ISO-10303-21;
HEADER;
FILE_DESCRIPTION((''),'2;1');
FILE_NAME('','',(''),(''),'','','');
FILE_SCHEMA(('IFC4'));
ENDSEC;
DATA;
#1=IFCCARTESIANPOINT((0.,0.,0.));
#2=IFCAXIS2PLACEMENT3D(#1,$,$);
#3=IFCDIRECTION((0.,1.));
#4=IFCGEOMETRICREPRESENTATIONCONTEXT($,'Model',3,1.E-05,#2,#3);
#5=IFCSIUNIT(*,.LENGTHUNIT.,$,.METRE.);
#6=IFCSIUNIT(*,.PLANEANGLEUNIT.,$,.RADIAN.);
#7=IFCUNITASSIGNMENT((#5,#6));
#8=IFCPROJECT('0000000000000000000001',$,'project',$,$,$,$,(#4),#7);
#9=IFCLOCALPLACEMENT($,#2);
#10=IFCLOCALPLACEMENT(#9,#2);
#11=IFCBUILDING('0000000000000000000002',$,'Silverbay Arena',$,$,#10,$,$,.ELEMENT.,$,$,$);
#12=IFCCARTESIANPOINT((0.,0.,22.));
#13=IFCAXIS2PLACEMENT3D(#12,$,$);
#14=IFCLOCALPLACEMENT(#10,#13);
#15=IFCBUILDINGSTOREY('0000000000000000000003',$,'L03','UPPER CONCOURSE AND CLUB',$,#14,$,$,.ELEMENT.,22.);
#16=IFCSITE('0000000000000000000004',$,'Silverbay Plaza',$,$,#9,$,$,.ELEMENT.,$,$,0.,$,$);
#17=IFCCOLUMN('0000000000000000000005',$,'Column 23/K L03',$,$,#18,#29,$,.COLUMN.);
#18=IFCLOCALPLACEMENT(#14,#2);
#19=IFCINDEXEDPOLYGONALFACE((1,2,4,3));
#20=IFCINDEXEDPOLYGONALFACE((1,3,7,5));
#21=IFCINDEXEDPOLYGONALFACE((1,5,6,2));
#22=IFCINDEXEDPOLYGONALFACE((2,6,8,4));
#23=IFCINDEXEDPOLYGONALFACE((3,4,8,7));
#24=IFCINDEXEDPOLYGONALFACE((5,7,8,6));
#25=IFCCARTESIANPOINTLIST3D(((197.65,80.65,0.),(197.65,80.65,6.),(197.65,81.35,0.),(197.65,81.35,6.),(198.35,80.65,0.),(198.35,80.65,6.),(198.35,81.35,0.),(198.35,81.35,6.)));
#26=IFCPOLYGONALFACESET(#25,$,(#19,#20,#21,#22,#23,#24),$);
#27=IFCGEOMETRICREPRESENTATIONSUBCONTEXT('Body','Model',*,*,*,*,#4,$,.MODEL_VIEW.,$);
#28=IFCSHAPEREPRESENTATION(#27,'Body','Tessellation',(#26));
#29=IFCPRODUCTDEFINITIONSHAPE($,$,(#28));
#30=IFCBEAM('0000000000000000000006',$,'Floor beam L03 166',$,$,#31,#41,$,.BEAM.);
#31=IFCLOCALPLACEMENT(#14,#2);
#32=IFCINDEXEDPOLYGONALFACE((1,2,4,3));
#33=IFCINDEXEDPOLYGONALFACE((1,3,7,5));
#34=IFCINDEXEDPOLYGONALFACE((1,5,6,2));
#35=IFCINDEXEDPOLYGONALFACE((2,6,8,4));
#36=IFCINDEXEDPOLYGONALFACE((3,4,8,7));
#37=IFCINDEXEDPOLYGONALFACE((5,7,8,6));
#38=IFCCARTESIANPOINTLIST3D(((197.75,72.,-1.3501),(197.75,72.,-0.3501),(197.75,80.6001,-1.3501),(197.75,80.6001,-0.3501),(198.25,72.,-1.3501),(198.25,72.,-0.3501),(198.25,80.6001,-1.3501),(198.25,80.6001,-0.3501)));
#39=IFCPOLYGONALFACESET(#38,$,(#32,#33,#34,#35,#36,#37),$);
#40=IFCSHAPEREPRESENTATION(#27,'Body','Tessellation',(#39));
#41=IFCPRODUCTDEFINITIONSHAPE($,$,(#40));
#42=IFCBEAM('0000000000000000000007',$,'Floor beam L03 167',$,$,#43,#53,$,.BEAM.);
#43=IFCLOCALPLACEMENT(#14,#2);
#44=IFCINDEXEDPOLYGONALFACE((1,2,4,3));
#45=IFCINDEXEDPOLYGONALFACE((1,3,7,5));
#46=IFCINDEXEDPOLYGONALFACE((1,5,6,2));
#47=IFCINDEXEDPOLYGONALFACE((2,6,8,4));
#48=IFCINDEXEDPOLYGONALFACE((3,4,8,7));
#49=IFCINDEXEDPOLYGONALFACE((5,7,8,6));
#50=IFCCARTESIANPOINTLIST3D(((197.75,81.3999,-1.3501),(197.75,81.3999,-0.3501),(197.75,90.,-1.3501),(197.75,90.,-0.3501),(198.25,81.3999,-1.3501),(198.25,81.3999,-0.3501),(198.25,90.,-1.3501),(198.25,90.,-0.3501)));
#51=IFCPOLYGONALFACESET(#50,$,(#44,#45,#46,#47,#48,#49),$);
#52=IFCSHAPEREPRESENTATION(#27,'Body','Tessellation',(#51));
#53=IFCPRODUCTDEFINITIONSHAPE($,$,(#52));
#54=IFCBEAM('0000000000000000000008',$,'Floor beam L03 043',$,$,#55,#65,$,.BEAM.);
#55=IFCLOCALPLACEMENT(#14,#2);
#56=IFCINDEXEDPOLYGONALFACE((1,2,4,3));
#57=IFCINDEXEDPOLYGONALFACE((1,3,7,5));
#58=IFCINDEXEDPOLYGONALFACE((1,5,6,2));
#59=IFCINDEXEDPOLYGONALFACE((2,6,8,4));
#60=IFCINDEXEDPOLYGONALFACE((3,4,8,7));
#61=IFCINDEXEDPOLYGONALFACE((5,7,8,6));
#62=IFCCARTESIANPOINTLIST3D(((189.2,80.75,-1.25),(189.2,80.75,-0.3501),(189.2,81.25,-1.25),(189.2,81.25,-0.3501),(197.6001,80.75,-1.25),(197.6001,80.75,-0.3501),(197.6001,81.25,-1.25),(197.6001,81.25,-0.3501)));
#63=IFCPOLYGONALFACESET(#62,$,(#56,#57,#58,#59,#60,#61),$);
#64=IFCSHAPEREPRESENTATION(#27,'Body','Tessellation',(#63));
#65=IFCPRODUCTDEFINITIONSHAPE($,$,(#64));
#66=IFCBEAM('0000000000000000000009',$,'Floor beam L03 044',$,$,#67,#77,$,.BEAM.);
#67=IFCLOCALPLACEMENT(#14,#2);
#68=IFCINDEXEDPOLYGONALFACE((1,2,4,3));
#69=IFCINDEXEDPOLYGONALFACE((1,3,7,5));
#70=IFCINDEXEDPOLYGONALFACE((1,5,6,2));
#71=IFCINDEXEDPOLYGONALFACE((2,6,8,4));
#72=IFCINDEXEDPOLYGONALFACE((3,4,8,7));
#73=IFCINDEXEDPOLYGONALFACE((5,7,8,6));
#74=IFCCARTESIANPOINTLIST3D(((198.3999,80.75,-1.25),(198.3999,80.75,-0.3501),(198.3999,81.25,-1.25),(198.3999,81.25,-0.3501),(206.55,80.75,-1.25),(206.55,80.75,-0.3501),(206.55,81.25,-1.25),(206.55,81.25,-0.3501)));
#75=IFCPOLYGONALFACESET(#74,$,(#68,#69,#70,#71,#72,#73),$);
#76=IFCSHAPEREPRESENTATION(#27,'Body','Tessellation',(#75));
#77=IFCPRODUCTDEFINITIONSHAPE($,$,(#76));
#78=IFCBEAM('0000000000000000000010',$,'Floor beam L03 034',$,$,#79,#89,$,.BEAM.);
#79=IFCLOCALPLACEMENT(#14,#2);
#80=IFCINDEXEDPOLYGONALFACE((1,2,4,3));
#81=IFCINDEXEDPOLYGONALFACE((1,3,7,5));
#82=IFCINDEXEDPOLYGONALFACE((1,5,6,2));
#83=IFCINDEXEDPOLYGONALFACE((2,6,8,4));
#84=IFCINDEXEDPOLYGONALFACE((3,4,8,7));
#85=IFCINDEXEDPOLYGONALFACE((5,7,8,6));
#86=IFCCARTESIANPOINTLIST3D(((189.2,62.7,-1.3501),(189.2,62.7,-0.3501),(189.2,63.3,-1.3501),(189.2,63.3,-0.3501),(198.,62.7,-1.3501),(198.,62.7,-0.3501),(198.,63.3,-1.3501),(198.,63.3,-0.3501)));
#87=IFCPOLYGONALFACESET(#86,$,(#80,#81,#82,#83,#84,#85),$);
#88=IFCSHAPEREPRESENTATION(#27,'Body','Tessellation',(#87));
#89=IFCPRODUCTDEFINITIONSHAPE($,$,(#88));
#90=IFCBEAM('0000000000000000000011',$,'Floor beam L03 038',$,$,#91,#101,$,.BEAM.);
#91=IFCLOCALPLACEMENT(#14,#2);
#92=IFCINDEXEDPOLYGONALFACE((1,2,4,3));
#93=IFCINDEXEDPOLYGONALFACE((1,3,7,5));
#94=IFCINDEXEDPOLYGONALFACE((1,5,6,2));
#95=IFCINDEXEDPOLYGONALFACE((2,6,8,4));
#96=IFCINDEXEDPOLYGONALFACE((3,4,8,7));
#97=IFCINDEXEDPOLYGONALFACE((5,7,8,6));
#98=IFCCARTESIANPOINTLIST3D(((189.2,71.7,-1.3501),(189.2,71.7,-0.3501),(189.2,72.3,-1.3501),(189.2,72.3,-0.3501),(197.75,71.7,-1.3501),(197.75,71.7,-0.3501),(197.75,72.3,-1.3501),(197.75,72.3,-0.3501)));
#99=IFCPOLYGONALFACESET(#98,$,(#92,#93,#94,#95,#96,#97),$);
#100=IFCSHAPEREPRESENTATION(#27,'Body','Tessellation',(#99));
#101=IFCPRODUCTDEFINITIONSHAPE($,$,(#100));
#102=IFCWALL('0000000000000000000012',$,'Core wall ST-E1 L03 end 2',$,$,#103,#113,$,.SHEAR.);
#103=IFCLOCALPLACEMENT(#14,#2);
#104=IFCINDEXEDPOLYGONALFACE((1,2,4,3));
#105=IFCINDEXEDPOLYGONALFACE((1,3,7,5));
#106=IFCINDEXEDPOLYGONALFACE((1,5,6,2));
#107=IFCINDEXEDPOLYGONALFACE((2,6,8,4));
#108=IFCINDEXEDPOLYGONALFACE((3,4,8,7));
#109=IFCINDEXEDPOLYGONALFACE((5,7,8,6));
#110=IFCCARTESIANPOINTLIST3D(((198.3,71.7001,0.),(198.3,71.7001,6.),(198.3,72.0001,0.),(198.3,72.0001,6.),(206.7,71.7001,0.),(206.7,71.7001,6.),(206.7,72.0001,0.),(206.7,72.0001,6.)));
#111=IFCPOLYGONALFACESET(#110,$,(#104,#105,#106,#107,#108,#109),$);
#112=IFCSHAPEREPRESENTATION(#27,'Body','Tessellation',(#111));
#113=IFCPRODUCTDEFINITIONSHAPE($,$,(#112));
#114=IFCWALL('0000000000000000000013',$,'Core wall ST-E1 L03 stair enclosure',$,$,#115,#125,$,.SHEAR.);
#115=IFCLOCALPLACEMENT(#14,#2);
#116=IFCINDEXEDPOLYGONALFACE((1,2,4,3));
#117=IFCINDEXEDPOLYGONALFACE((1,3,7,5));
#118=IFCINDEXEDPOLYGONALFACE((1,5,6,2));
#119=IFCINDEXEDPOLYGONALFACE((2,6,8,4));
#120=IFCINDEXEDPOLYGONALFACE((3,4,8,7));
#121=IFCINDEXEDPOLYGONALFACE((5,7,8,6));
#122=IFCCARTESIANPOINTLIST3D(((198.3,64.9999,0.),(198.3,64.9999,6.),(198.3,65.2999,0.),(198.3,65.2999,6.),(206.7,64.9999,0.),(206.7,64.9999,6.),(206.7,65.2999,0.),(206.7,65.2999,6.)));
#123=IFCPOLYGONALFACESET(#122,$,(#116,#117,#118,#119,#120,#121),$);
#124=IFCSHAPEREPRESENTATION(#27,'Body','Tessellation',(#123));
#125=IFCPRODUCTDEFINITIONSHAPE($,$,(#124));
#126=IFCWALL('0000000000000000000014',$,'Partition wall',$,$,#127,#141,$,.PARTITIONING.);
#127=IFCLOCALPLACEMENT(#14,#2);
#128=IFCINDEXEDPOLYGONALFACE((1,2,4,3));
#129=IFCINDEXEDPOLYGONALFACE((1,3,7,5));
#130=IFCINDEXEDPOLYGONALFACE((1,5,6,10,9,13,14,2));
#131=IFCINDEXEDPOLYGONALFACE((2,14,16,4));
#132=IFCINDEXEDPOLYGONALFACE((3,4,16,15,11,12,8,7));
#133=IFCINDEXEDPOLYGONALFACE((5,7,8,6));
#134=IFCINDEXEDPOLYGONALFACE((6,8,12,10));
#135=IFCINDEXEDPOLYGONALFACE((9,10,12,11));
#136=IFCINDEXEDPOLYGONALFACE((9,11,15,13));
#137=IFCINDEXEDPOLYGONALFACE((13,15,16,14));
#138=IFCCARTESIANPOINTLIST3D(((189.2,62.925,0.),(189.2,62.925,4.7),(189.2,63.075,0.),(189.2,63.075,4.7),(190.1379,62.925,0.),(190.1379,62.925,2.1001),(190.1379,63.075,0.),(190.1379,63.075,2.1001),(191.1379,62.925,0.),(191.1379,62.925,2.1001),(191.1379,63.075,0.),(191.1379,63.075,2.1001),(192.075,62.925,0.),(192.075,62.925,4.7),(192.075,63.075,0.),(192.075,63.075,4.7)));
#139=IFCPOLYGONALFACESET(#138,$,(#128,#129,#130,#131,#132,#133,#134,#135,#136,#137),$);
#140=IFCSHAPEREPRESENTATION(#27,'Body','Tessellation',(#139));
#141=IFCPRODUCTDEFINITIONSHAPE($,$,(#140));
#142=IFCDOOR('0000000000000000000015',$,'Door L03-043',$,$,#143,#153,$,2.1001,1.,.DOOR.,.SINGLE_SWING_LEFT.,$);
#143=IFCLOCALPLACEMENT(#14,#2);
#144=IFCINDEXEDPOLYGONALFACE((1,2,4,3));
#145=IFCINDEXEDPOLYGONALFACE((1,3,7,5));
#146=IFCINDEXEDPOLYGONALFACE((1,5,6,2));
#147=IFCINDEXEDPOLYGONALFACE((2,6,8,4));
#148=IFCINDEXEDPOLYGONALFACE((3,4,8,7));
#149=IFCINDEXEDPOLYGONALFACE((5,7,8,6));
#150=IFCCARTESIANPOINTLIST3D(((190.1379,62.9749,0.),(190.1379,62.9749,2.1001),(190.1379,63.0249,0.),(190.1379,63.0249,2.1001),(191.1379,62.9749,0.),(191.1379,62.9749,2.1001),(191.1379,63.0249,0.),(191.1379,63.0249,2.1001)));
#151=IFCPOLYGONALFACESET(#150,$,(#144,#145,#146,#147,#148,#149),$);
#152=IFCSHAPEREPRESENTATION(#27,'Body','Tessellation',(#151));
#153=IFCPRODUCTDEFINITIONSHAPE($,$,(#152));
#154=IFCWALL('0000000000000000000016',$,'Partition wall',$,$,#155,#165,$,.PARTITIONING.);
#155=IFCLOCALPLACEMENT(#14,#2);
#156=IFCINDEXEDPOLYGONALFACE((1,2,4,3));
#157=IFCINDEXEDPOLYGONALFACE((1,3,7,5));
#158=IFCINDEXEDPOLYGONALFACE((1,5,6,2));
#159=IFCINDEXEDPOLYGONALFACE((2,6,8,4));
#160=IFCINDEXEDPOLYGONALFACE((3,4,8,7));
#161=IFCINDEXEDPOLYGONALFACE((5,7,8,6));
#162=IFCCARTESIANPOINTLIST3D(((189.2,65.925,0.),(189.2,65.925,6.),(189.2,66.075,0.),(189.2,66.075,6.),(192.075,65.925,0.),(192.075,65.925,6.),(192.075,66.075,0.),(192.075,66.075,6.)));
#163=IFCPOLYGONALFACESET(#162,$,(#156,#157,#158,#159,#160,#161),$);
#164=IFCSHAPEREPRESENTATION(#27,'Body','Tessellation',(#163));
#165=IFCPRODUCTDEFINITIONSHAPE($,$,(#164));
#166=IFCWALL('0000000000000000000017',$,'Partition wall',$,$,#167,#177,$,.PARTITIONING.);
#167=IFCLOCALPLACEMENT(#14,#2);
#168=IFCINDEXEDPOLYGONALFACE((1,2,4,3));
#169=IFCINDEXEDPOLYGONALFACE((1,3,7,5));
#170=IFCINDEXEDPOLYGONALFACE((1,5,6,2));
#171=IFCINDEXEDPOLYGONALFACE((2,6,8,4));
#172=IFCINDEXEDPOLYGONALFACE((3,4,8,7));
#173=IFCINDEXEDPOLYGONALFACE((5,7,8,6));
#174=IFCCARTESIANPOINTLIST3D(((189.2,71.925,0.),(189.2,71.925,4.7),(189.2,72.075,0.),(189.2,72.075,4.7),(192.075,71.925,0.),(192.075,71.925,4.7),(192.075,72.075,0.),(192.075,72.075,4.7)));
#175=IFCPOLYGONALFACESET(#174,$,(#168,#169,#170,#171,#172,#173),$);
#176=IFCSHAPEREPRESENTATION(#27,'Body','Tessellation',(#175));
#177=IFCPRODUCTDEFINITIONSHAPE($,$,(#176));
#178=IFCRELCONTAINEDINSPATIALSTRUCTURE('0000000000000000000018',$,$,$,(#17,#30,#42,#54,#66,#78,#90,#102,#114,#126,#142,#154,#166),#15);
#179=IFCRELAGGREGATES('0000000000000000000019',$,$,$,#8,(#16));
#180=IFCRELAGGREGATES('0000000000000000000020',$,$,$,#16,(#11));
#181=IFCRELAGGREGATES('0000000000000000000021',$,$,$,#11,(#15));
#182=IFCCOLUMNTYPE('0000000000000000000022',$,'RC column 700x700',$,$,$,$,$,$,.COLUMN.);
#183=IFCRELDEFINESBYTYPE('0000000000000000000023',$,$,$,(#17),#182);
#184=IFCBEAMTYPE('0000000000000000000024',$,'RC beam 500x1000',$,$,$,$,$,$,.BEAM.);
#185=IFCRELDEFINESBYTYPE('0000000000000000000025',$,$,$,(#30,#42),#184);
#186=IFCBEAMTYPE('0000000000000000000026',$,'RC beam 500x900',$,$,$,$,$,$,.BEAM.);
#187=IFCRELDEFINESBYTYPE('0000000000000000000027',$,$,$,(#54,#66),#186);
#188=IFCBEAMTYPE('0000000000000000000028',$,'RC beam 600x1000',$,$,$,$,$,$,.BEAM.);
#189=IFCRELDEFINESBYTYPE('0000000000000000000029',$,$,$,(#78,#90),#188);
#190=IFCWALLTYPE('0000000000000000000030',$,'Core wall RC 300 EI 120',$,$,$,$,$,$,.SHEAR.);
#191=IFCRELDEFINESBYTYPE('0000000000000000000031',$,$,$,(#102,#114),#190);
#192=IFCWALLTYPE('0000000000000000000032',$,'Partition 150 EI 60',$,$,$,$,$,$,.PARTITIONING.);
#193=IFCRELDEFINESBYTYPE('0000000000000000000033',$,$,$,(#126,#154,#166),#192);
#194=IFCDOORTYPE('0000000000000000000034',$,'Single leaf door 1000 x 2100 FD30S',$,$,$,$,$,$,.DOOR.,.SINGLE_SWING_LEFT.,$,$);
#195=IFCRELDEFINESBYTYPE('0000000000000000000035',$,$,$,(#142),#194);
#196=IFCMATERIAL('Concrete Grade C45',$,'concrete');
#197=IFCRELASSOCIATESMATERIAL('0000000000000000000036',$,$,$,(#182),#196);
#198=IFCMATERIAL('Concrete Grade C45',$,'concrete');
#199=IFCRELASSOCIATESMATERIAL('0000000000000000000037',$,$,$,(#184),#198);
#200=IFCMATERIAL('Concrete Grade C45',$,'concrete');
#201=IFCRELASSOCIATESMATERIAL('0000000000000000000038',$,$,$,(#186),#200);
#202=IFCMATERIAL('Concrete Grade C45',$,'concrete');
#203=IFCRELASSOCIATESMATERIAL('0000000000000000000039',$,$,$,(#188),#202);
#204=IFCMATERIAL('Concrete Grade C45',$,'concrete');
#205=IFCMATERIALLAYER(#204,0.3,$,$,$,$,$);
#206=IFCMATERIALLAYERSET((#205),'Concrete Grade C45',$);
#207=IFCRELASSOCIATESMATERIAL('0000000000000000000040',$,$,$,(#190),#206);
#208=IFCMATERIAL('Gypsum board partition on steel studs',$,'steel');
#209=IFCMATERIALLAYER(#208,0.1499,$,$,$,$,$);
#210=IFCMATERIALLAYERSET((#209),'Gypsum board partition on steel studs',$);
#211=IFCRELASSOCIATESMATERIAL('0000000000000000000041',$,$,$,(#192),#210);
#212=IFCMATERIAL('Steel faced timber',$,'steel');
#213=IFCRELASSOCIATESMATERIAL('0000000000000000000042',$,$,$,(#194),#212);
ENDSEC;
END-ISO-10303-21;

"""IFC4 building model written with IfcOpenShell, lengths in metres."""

from ifc_helpers import new_model, si_unit, direction, frame, frame_2d, origin, origin_2d, place, context, subcontext, project, spatial, rectangle, extrude, material, layer, layer_set, material_profile, profile_set, type_object, element, fill, save


model = new_model("IFC4")

# Units and contexts
model_context = context("Model", 3, precision=1e-05, world=origin(), true_north=direction((0.0, 1.0)))
body_context = subcontext(model_context, "Body", "Model", "MODEL_VIEW")
ifc_project = project(units=[si_unit("LENGTHUNIT", "METRE"), si_unit("PLANEANGLEUNIT", "RADIAN")], contexts=[model_context])

# Site, building, storey
site_placement = place(None, origin())
site = spatial("IfcSite", under=ifc_project, at=site_placement, Name="Silverbay Plaza", CompositionType="ELEMENT", RefElevation=0.0)
building_placement = place(site_placement, origin())
building = spatial("IfcBuilding", under=site, at=building_placement, Name="Silverbay Arena", CompositionType="ELEMENT")
storey_placement = place(building_placement, frame((0.0, 0.0, 22.0)))
storey = spatial("IfcBuildingStorey", under=building, at=storey_placement, Name="L03", Description="UPPER CONCOURSE AND CLUB", CompositionType="ELEMENT", Elevation=22.0)

# Column
ifc_material_1 = material(Name="Concrete Grade C45", Category="concrete")
ifc_material_profile_1 = material_profile(ifc_material_1, rectangle(XDim=0.7, YDim=0.7, at=origin_2d()), Name="RC 700x700")
ifc_profile_set_1 = profile_set([ifc_material_profile_1], Name="Concrete Grade C45")
column_type = type_object("IfcColumnType", Name="RC column 700x700", PredefinedType="COLUMN", material=ifc_profile_set_1)
column_placement = place(storey_placement, frame((198.0, 81.0, 0.0), z_axis=(0.0, 0.0, 1.0), x_axis=(1.0, 0.0, 0.0)))
element("IfcColumn", 1, at=column_placement, inside=storey, type_object=column_type, Name="Column 23/K L03", PredefinedType="COLUMN", context=body_context, shape_type="SweptSolid", body=[
    extrude(rectangle(XDim=0.7, YDim=0.7, at=origin_2d()), origin(), (0.0, 0.0, 1.0), 6.0),
])

# Beams
ifc_material_2 = material(Name="Concrete Grade C45", Category="concrete")
ifc_material_profile_2 = material_profile(ifc_material_2, rectangle(XDim=0.5, YDim=1.0, at=origin_2d()), Name="RC 500x1000")
ifc_profile_set_2 = profile_set([ifc_material_profile_2], Name="Concrete Grade C45")
beam_type_1 = type_object("IfcBeamType", Name="RC beam 500x1000", PredefinedType="BEAM", material=ifc_profile_set_2)
for number, where, z_axis, x_axis, name in (
    (2, (198.0, 72.0, -0.8501), (0.0, 1.0, 0.0), (-1.0, 0.0, 0.0), "Floor beam L03 166"),
    (3, (198.0, 81.3999, -0.8501), (0.0, 1.0, 0.0), (-1.0, 0.0, 0.0), "Floor beam L03 167"),
):
    element("IfcBeam", number, at=place(storey_placement, frame(where, z_axis=z_axis, x_axis=x_axis)), inside=storey, type_object=beam_type_1, Name=name, PredefinedType="BEAM", context=body_context, shape_type="SweptSolid", body=[
        extrude(rectangle(XDim=0.5, YDim=1.0, at=origin_2d()), origin(), (0.0, 0.0, 1.0), 8.6001),
    ])
ifc_material_3 = material(Name="Concrete Grade C45", Category="concrete")
ifc_material_profile_3 = material_profile(ifc_material_3, rectangle(XDim=0.5, YDim=0.8999, at=origin_2d()), Name="RC 500x900")
ifc_profile_set_3 = profile_set([ifc_material_profile_3], Name="Concrete Grade C45")
beam_type_2 = type_object("IfcBeamType", Name="RC beam 500x900", PredefinedType="BEAM", material=ifc_profile_set_3)
beam_1_placement = place(storey_placement, frame((189.2, 81.0, -0.8), z_axis=(1.0, 0.0, 0.0), x_axis=(0.0, 1.0, 0.0)))
element("IfcBeam", 4, at=beam_1_placement, inside=storey, type_object=beam_type_2, Name="Floor beam L03 043", PredefinedType="BEAM", context=body_context, shape_type="SweptSolid", body=[
    extrude(rectangle(XDim=0.5, YDim=0.8999, at=origin_2d()), origin(), (0.0, 0.0, 1.0), 8.4001),
])
beam_2_placement = place(storey_placement, frame((198.3999, 81.0, -0.8), z_axis=(1.0, 0.0, 0.0), x_axis=(0.0, 1.0, 0.0)))
element("IfcBeam", 5, at=beam_2_placement, inside=storey, type_object=beam_type_2, Name="Floor beam L03 044", PredefinedType="BEAM", context=body_context, shape_type="SweptSolid", body=[
    extrude(rectangle(XDim=0.5, YDim=0.8999, at=origin_2d()), origin(), (0.0, 0.0, 1.0), 8.1501),
])
ifc_material_4 = material(Name="Concrete Grade C45", Category="concrete")
ifc_material_profile_4 = material_profile(ifc_material_4, rectangle(XDim=0.6001, YDim=1.0, at=origin_2d()), Name="RC 600x1000")
ifc_profile_set_4 = profile_set([ifc_material_profile_4], Name="Concrete Grade C45")
beam_type_3 = type_object("IfcBeamType", Name="RC beam 600x1000", PredefinedType="BEAM", material=ifc_profile_set_4)
beam_3_placement = place(storey_placement, frame((189.2, 63.0, -0.8501), z_axis=(1.0, 0.0, 0.0), x_axis=(0.0, 1.0, 0.0)))
element("IfcBeam", 6, at=beam_3_placement, inside=storey, type_object=beam_type_3, Name="Floor beam L03 034", PredefinedType="BEAM", context=body_context, shape_type="SweptSolid", body=[
    extrude(rectangle(XDim=0.6001, YDim=1.0, at=origin_2d()), origin(), (0.0, 0.0, 1.0), 8.8),
])
beam_4_placement = place(storey_placement, frame((189.2, 72.0, -0.8501), z_axis=(1.0, 0.0, 0.0), x_axis=(0.0, 1.0, 0.0)))
element("IfcBeam", 7, at=beam_4_placement, inside=storey, type_object=beam_type_3, Name="Floor beam L03 038", PredefinedType="BEAM", context=body_context, shape_type="SweptSolid", body=[
    extrude(rectangle(XDim=0.6001, YDim=1.0, at=origin_2d()), origin(), (0.0, 0.0, 1.0), 8.55),
])

# Walls
ifc_material_5 = material(Name="Concrete Grade C45", Category="concrete")
ifc_layer_1 = layer(ifc_material_5, 0.3)
ifc_layer_set_1 = layer_set([ifc_layer_1], Name="Concrete Grade C45")
wall_type_1 = type_object("IfcWallType", Name="Core wall RC 300 EI 120", PredefinedType="SHEAR", material=ifc_layer_set_1)
for number, where, z_axis, x_axis, name in (
    (8, (198.3, 71.8501, 0.0), (0.0, 0.0, 1.0), (1.0, 0.0, 0.0), "Core wall ST-E1 L03 end 2"),
    (9, (198.3, 65.1499, 0.0), (0.0, 0.0, 1.0), (1.0, 0.0, 0.0), "Core wall ST-E1 L03 stair enclosure"),
):
    element("IfcWall", number, at=place(storey_placement, frame(where, z_axis=z_axis, x_axis=x_axis)), inside=storey, type_object=wall_type_1, Name=name, PredefinedType="SHEAR", context=body_context, shape_type="SweptSolid", body=[
        extrude(rectangle(XDim=8.3999, YDim=0.3, at=frame_2d((4.2, 0.0))), origin(), (0.0, 0.0, 1.0), 6.0),
    ])

# Wall, opening, door
ifc_material_6 = material(Name="Gypsum board partition on steel studs", Category="steel")
ifc_layer_2 = layer(ifc_material_6, 0.1499)
ifc_layer_set_2 = layer_set([ifc_layer_2], Name="Gypsum board partition on steel studs")
wall_type_2 = type_object("IfcWallType", Name="Partition 150 EI 60", PredefinedType="PARTITIONING", material=ifc_layer_set_2)
wall_1_placement = place(storey_placement, frame((189.2, 63.0, 0.0), z_axis=(0.0, 0.0, 1.0), x_axis=(1.0, 0.0, 0.0)))
wall_1 = element("IfcWall", 10, at=wall_1_placement, inside=storey, type_object=wall_type_2, Name="Partition wall", PredefinedType="PARTITIONING", context=body_context, shape_type="SweptSolid", body=[
    extrude(rectangle(XDim=2.875, YDim=0.1499, at=frame_2d((1.4375, 0.0))), origin(), (0.0, 0.0, 1.0), 4.7),
])
opening_1_placement = place(wall_1_placement, frame((0.938, 0.0, 0.0)))
opening_1 = element("IfcOpeningElement", 11, at=opening_1_placement, cuts=wall_1, PredefinedType="OPENING", context=body_context, shape_type="SweptSolid", body=[
    extrude(rectangle(XDim=1.0, YDim=2.1001, at=frame_2d((0.5, 1.05))), frame((0.0, 0.085, 0.0), z_axis=(0.0, -1.0, 0.0), x_axis=(1.0, 0.0, 0.0)), (0.0, 0.0, 1.0), 0.1699),
])
ifc_material_7 = material(Name="Steel faced timber", Category="steel")
door_type_1 = type_object("IfcDoorType", Name="Single leaf door 1000 x 2100 FD30S", OperationType="SINGLE_SWING_LEFT", PredefinedType="DOOR", material=ifc_material_7)
door_1_placement = place(opening_1_placement, origin())
door_1 = element("IfcDoor", 12, at=door_1_placement, inside=storey, type_object=door_type_1, Name="Door L03-043", OperationType="SINGLE_SWING_LEFT", OverallHeight=2.1001, OverallWidth=1.0, PredefinedType="DOOR", context=body_context, shape_type="SweptSolid", body=[
    extrude(rectangle(XDim=1.0, YDim=2.1001, at=frame_2d((0.5, 1.05))), frame((0.0, 0.0249, 0.0), z_axis=(0.0, -1.0, 0.0), x_axis=(1.0, 0.0, 0.0)), (0.0, 0.0, 1.0), 0.05),
])
fill(opening_1, door_1)

# Walls
wall_2_placement = place(storey_placement, frame((189.2, 66.0, 0.0), z_axis=(0.0, 0.0, 1.0), x_axis=(1.0, 0.0, 0.0)))
element("IfcWall", 13, at=wall_2_placement, inside=storey, type_object=wall_type_2, Name="Partition wall", PredefinedType="PARTITIONING", context=body_context, shape_type="SweptSolid", body=[
    extrude(rectangle(XDim=2.875, YDim=0.1499, at=frame_2d((1.4375, 0.0))), origin(), (0.0, 0.0, 1.0), 6.0),
])
wall_3_placement = place(storey_placement, frame((189.2, 72.0, 0.0), z_axis=(0.0, 0.0, 1.0), x_axis=(1.0, 0.0, 0.0)))
element("IfcWall", 14, at=wall_3_placement, inside=storey, type_object=wall_type_2, Name="Partition wall", PredefinedType="PARTITIONING", context=body_context, shape_type="SweptSolid", body=[
    extrude(rectangle(XDim=2.875, YDim=0.1499, at=frame_2d((1.4375, 0.0))), origin(), (0.0, 0.0, 1.0), 4.7),
])

save(model, "model.ifc")
